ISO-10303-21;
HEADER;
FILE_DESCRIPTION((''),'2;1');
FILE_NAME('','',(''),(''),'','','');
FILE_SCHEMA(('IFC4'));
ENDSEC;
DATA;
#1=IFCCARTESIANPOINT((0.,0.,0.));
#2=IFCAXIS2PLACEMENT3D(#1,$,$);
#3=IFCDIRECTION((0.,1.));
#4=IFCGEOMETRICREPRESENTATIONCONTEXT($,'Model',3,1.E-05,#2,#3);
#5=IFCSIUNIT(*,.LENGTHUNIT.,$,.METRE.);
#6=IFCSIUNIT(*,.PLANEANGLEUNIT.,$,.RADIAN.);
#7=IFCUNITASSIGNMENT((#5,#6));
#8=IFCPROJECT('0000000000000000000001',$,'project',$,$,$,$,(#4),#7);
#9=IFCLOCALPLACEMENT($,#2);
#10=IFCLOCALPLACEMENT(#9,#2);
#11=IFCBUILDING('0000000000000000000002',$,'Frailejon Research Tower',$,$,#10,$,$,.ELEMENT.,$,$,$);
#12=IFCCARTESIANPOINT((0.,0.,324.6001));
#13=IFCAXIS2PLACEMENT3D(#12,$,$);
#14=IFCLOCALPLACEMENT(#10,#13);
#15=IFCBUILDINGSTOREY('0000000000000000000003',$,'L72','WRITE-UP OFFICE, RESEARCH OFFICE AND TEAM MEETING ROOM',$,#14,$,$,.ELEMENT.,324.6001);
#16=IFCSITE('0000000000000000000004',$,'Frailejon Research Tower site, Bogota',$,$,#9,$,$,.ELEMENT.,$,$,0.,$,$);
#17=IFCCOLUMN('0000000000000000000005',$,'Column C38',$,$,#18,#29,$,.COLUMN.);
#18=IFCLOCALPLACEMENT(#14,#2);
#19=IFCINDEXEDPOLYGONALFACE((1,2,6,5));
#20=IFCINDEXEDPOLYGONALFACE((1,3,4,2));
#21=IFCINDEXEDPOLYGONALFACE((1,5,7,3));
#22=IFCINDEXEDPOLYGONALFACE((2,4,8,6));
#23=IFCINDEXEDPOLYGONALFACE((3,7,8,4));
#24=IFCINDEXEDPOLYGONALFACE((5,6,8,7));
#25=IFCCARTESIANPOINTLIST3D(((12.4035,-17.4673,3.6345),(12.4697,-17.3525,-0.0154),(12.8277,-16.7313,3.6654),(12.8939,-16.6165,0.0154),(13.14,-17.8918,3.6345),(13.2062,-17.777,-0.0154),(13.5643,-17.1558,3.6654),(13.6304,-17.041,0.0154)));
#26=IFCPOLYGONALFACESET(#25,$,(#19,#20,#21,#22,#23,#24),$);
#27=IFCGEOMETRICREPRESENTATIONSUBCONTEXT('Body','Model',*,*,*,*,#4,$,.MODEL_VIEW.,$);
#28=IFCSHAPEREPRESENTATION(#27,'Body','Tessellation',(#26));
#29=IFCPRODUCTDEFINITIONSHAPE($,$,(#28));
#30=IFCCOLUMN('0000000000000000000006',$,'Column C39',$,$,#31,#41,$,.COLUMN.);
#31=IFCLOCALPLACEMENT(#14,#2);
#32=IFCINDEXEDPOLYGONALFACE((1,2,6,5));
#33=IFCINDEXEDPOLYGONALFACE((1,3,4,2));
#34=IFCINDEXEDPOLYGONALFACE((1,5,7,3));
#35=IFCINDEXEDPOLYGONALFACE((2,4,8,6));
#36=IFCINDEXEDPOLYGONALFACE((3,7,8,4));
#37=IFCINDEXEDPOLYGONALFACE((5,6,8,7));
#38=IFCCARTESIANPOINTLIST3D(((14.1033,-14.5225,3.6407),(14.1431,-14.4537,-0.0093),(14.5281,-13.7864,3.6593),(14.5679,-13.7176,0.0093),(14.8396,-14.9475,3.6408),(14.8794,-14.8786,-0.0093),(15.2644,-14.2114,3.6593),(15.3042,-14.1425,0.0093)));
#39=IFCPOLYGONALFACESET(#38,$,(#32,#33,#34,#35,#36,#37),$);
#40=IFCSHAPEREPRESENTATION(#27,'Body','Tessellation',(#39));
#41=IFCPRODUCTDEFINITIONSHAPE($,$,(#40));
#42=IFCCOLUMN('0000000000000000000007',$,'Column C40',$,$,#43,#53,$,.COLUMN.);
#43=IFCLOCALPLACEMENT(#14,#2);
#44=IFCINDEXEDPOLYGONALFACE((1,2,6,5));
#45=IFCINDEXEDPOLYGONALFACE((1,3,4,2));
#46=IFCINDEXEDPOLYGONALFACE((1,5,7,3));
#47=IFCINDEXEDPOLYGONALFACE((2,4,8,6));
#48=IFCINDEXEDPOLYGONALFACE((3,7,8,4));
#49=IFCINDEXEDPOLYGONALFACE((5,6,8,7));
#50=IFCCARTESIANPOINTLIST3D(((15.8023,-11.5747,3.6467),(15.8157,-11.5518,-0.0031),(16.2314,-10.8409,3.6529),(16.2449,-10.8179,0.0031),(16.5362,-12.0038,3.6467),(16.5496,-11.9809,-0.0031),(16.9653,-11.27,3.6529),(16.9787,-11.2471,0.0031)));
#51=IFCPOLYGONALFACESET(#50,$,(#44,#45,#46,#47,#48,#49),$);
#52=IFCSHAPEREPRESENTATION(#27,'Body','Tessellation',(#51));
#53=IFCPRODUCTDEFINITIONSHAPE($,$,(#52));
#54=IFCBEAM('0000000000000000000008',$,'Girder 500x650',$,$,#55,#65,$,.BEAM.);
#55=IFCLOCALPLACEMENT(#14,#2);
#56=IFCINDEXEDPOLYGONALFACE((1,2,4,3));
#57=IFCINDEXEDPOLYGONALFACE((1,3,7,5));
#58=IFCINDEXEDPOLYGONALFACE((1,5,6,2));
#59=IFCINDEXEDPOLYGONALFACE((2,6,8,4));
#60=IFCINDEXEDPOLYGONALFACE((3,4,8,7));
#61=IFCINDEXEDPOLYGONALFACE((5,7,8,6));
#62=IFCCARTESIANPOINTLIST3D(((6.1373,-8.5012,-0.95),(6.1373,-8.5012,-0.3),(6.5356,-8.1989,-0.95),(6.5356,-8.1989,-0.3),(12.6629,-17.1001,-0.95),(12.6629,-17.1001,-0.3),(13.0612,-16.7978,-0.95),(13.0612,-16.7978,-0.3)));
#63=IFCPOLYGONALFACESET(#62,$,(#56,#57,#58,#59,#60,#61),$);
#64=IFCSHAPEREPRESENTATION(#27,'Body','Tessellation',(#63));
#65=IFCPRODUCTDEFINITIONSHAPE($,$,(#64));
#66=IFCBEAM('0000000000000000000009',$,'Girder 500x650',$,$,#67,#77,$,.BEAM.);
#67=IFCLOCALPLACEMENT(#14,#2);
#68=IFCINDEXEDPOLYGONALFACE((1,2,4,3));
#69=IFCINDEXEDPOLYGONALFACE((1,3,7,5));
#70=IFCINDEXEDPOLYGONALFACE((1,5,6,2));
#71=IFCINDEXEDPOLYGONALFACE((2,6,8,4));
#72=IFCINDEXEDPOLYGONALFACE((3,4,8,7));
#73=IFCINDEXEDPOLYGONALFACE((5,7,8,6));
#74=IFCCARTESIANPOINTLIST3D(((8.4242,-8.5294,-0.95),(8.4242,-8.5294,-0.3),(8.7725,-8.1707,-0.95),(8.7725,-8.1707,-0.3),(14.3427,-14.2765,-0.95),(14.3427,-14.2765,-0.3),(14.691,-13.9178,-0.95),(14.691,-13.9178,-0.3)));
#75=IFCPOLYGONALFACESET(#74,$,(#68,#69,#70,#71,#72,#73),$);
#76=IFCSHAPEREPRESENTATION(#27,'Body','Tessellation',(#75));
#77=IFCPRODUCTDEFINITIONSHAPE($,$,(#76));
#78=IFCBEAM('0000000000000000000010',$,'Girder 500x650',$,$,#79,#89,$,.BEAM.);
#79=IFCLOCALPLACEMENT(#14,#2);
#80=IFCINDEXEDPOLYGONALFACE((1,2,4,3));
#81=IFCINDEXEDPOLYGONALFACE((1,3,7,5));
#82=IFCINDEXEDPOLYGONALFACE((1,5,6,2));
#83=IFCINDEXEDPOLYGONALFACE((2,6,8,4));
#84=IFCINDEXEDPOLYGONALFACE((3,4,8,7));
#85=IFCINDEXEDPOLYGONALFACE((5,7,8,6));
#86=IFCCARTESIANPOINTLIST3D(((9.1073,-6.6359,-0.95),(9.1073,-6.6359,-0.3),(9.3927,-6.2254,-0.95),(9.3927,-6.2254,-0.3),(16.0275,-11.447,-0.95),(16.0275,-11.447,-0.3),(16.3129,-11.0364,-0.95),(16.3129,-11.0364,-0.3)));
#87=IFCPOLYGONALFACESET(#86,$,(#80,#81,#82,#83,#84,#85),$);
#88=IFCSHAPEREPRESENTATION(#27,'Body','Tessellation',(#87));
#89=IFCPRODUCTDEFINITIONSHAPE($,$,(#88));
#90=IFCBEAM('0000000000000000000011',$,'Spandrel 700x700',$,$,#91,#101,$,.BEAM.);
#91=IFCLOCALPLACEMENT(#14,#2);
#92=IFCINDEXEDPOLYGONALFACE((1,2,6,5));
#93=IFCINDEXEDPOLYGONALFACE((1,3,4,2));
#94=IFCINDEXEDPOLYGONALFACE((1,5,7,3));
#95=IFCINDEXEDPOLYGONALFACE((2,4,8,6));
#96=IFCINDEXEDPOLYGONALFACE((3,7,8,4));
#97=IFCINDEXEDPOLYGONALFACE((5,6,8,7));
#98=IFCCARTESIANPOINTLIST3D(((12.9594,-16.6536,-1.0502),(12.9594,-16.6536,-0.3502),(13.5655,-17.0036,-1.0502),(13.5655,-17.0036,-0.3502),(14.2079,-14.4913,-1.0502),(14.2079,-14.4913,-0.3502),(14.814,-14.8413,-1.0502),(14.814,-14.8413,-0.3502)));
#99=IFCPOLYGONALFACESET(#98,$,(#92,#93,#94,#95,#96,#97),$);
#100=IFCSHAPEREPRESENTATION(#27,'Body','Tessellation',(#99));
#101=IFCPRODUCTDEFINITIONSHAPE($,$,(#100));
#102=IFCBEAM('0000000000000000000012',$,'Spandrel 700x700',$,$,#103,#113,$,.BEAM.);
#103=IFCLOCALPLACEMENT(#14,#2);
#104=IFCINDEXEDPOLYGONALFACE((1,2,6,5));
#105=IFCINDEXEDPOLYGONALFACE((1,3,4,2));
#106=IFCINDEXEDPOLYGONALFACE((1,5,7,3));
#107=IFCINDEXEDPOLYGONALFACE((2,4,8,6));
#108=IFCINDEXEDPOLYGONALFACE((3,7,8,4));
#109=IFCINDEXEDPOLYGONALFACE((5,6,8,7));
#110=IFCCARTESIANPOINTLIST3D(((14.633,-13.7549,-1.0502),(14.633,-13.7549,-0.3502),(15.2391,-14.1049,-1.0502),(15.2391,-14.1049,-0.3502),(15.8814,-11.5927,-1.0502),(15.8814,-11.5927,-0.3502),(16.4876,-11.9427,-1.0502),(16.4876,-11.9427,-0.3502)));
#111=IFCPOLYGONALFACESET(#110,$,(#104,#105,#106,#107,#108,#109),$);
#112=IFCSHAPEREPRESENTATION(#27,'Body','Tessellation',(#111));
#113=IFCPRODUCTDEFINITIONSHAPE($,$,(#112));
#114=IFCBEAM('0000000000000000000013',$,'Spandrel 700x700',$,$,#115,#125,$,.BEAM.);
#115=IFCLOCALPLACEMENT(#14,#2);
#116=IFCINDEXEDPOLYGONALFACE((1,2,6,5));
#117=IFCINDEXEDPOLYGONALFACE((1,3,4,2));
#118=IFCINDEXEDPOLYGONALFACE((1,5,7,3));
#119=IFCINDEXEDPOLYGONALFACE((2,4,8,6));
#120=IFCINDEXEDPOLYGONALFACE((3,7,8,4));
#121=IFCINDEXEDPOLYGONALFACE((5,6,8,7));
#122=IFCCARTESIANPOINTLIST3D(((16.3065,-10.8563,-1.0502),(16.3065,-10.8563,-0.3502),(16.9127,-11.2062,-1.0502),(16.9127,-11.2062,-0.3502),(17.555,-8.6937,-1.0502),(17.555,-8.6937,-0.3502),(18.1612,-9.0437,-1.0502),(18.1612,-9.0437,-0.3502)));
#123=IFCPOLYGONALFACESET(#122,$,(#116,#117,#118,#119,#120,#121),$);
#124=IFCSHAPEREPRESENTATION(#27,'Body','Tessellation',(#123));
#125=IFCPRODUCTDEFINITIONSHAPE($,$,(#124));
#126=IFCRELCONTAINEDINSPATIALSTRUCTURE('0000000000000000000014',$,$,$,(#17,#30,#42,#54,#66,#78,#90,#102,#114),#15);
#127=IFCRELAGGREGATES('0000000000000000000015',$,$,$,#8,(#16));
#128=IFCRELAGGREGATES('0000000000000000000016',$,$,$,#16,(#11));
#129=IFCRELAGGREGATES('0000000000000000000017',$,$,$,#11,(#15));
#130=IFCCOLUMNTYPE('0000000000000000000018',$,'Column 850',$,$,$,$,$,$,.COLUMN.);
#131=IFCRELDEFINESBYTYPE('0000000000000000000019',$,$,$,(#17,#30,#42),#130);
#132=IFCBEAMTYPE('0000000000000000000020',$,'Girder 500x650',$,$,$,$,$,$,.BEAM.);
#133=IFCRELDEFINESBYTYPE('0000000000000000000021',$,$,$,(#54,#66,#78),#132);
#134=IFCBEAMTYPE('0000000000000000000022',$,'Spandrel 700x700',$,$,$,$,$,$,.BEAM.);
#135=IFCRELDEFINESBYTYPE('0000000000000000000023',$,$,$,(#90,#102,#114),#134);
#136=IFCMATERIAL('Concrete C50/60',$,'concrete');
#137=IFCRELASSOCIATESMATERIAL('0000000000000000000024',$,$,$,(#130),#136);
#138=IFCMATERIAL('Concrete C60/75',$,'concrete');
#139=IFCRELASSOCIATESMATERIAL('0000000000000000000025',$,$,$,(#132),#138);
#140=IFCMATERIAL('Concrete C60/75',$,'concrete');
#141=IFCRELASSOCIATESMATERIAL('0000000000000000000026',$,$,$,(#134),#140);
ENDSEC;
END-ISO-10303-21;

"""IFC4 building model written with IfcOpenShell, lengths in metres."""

from ifc_helpers import new_model, si_unit, direction, frame, origin, origin_2d, place, context, subcontext, project, spatial, rectangle, extrude, material, material_profile, profile_set, type_object, element, save


model = new_model("IFC4")

# Units and contexts
model_context = context("Model", 3, precision=1e-05, world=origin(), true_north=direction((0.0, 1.0)))
body_context = subcontext(model_context, "Body", "Model", "MODEL_VIEW")
ifc_project = project(units=[si_unit("LENGTHUNIT", "METRE"), si_unit("PLANEANGLEUNIT", "RADIAN")], contexts=[model_context])

# Site, building, storey
site_placement = place(None, origin())
site = spatial("IfcSite", under=ifc_project, at=site_placement, Name="Frailejon Research Tower site, Bogota", CompositionType="ELEMENT", RefElevation=0.0)
building_placement = place(site_placement, origin())
building = spatial("IfcBuilding", under=site, at=building_placement, Name="Frailejon Research Tower", CompositionType="ELEMENT")
storey_placement = place(building_placement, frame((0.0, 0.0, 324.6001)))
storey = spatial("IfcBuildingStorey", under=building, at=storey_placement, Name="L72", Description="WRITE-UP OFFICE, RESEARCH OFFICE AND TEAM MEETING ROOM", CompositionType="ELEMENT", Elevation=324.6001)

# Columns
ifc_material_1 = material(Name="Concrete C50/60", Category="concrete")
ifc_material_profile_1 = material_profile(ifc_material_1, rectangle(XDim=0.8501, YDim=0.8501, at=origin_2d()), Name="Column 850")
ifc_profile_set_1 = profile_set([ifc_material_profile_1], Name="Concrete C50/60")
column_type = type_object("IfcColumnType", Name="Column 850", PredefinedType="COLUMN", material=ifc_profile_set_1)
column_1_placement = place(storey_placement, frame((13.05, -17.1968, 0.0), z_axis=(-0.018115, -0.031417, 0.999342), x_axis=(0.49904, 0.865819, 0.036266)))
element("IfcColumn", 1, at=column_1_placement, inside=storey, type_object=column_type, Name="Column C38", PredefinedType="COLUMN", context=body_context, shape_type="SweptSolid", body=[
    extrude(rectangle(XDim=0.8501, YDim=0.8501, at=origin_2d()), origin(), (0.0, 0.0, 1.0), 3.6523),
])
column_2_placement = place(storey_placement, frame((14.7236, -14.2981, 0.0), z_axis=(-0.0109, -0.018858, 0.999763), x_axis=(0.499729, 0.865908, 0.021782)))
element("IfcColumn", 2, at=column_2_placement, inside=storey, type_object=column_type, Name="Column C39", PredefinedType="COLUMN", context=body_context, shape_type="SweptSolid", body=[
    extrude(rectangle(XDim=0.8501, YDim=0.8501, at=origin_2d()), origin(), (0.0, 0.0, 1.0), 3.6509),
])
column_3_placement = place(storey_placement, frame((16.3972, -11.3994, 0.0), z_axis=(-0.003679, -0.006287, 0.999973), x_axis=(0.504779, 0.863218, 0.007285)))
element("IfcColumn", 3, at=column_3_placement, inside=storey, type_object=column_type, Name="Column C40", PredefinedType="COLUMN", context=body_context, shape_type="SweptSolid", body=[
    extrude(rectangle(XDim=0.8501, YDim=0.8501, at=origin_2d()), origin(), (0.0, 0.0, 1.0), 3.6499),
])

# Beams
ifc_material_2 = material(Name="Concrete C60/75", Category="concrete")
ifc_material_profile_2 = material_profile(ifc_material_2, rectangle(XDim=0.5, YDim=0.6499, at=origin_2d()), Name="Girder 500x650")
ifc_profile_set_2 = profile_set([ifc_material_profile_2], Name="Concrete C60/75")
beam_type_1 = type_object("IfcBeamType", Name="Girder 500x650", PredefinedType="BEAM", material=ifc_profile_set_2)
beam_1_placement = place(storey_placement, frame((12.8621, -16.949, -0.625), z_axis=(-0.604525, 0.796586, 0.0), x_axis=(-0.796586, -0.604525, 0.0)))
element("IfcBeam", 4, at=beam_1_placement, inside=storey, type_object=beam_type_1, Name="Girder 500x650", PredefinedType="BEAM", context=body_context, shape_type="SweptSolid", body=[
    extrude(rectangle(XDim=0.5, YDim=0.6499, at=origin_2d()), origin(), (0.0, 0.0, 1.0), 10.7947),
])
beam_2_placement = place(storey_placement, frame((14.5168, -14.0972, -0.625), z_axis=(-0.717418, 0.696643, 0.0), x_axis=(-0.696643, -0.717418, 0.0)))
element("IfcBeam", 5, at=beam_2_placement, inside=storey, type_object=beam_type_1, Name="Girder 500x650", PredefinedType="BEAM", context=body_context, shape_type="SweptSolid", body=[
    extrude(rectangle(XDim=0.5, YDim=0.6499, at=origin_2d()), origin(), (0.0, 0.0, 1.0), 8.2498),
])
beam_3_placement = place(storey_placement, frame((16.1702, -11.2417, -0.625), z_axis=(-0.821072, 0.570825, 0.0), x_axis=(-0.570825, -0.821072, 0.0)))
element("IfcBeam", 6, at=beam_3_placement, inside=storey, type_object=beam_type_1, Name="Girder 500x650", PredefinedType="BEAM", context=body_context, shape_type="SweptSolid", body=[
    extrude(rectangle(XDim=0.5, YDim=0.6499, at=origin_2d()), origin(), (0.0, 0.0, 1.0), 8.4282),
])
ifc_material_3 = material(Name="Concrete C60/75", Category="concrete")
ifc_material_profile_3 = material_profile(ifc_material_3, rectangle(XDim=0.7, YDim=0.7, at=origin_2d()), Name="Spandrel 700x700")
ifc_profile_set_3 = profile_set([ifc_material_profile_3], Name="Concrete C60/75")
beam_type_2 = type_object("IfcBeamType", Name="Spandrel 700x700", PredefinedType="BEAM", material=ifc_profile_set_3)
for number, where, z_axis, x_axis, name in (
    (7, (13.2625, -16.8286, -0.7002), (0.50003, 0.866008, 0.0), (-0.866008, 0.50003, 0.0), "Spandrel 700x700"),
    (8, (14.936, -13.9299, -0.7002), (0.50003, 0.866008, 0.0), (-0.866008, 0.50003, 0.0), "Spandrel 700x700"),
):
    element("IfcBeam", number, at=place(storey_placement, frame(where, z_axis=z_axis, x_axis=x_axis)), inside=storey, type_object=beam_type_2, Name=name, PredefinedType="BEAM", context=body_context, shape_type="SweptSolid", body=[
        extrude(rectangle(XDim=0.7, YDim=0.7, at=origin_2d()), origin(), (0.0, 0.0, 1.0), 2.4968),
    ])
beam_4_placement = place(storey_placement, frame((16.6096, -11.0312, -0.7002), z_axis=(0.499988, 0.866033, 0.0), x_axis=(-0.866033, 0.499988, 0.0)))
element("IfcBeam", 9, at=beam_4_placement, inside=storey, type_object=beam_type_2, Name="Spandrel 700x700", PredefinedType="BEAM", context=body_context, shape_type="SweptSolid", body=[
    extrude(rectangle(XDim=0.7, YDim=0.7, at=origin_2d()), origin(), (0.0, 0.0, 1.0), 2.4971),
])

save(model, "model.ifc")
